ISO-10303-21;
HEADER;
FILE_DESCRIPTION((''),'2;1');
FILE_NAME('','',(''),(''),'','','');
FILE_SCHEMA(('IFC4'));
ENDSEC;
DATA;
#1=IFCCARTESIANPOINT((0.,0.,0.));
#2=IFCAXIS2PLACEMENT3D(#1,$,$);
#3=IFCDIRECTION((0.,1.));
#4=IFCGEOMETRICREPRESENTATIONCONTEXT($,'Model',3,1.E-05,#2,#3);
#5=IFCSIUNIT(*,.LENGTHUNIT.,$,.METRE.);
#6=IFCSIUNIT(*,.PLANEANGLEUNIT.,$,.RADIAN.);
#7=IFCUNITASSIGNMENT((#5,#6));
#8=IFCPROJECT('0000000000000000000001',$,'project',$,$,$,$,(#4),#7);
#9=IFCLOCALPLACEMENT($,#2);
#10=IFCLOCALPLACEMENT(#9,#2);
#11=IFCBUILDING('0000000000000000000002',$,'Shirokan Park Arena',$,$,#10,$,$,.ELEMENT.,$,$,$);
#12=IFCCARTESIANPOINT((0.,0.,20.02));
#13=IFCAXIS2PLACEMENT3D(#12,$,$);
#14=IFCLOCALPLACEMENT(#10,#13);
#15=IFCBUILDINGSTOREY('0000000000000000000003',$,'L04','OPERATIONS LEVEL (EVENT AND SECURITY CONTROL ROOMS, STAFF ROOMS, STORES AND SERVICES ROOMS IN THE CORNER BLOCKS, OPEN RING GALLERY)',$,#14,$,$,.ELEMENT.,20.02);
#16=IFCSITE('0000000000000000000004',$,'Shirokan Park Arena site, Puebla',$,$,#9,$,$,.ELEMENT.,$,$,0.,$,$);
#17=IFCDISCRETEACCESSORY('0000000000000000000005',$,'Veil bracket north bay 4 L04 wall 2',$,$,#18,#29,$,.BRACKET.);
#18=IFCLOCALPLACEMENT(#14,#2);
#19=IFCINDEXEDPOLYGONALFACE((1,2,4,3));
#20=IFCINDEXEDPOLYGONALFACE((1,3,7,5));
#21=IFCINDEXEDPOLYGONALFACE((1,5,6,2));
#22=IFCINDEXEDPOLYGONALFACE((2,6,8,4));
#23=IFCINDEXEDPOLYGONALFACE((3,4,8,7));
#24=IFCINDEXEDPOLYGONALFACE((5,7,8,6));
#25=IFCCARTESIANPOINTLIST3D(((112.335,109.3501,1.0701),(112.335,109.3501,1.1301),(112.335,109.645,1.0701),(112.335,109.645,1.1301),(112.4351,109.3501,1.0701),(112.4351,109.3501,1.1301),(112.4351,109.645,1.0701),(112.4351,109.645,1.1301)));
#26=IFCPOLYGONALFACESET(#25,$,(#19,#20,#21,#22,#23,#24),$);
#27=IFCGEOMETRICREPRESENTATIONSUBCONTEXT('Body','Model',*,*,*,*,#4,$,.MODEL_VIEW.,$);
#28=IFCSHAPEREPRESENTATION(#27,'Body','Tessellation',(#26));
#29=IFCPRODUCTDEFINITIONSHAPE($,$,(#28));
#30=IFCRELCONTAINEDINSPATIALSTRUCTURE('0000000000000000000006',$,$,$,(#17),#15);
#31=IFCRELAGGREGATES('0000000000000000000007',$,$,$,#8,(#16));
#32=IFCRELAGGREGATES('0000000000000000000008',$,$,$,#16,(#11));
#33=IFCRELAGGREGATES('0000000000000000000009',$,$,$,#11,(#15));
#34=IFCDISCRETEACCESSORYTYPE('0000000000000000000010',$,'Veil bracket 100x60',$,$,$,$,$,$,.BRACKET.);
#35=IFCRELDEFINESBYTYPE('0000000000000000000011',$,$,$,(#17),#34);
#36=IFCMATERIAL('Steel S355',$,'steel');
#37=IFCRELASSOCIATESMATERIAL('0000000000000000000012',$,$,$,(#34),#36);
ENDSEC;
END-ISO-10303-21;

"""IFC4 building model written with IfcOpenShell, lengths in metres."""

from ifc_helpers import new_model, si_unit, direction, frame, origin, origin_2d, place, context, subcontext, project, spatial, rectangle, extrude, material, type_object, element, save


model = new_model("IFC4")

# Units and contexts
model_context = context("Model", 3, precision=1e-05, world=origin(), true_north=direction((0.0, 1.0)))
body_context = subcontext(model_context, "Body", "Model", "MODEL_VIEW")
ifc_project = project(units=[si_unit("LENGTHUNIT", "METRE"), si_unit("PLANEANGLEUNIT", "RADIAN")], contexts=[model_context])

# Site, building, storey
site_placement = place(None, origin())
site = spatial("IfcSite", under=ifc_project, at=site_placement, Name="Shirokan Park Arena site, Puebla", CompositionType="ELEMENT", RefElevation=0.0)
building_placement = place(site_placement, origin())
building = spatial("IfcBuilding", under=site, at=building_placement, Name="Shirokan Park Arena", CompositionType="ELEMENT")
storey_placement = place(building_placement, frame((0.0, 0.0, 20.02)))
storey = spatial("IfcBuildingStorey", under=building, at=storey_placement, Name="L04", Description="OPERATIONS LEVEL (EVENT AND SECURITY CONTROL ROOMS, STAFF ROOMS, STORES AND SERVICES ROOMS IN THE CORNER BLOCKS, OPEN RING GALLERY)", CompositionType="ELEMENT", Elevation=20.02)

# Shared definitions
ifc_material_1 = material(Name="Steel S355", Category="steel")

# Discrete accessory
discrete_accessory_type = type_object("IfcDiscreteAccessoryType", Name="Veil bracket 100x60", PredefinedType="BRACKET", material=ifc_material_1)
for number, where, z_axis, x_axis, name in (
    (1, (112.385, 109.4976, 1.0701), (0.0, 0.0, 1.0), (-1.0, 0.0, 0.0), "Veil bracket north bay 4 L04 wall 2"),
):
    element("IfcDiscreteAccessory", number, at=place(storey_placement, frame(where, z_axis=z_axis, x_axis=x_axis)), inside=storey, type_object=discrete_accessory_type, Name=name, PredefinedType="BRACKET", context=body_context, shape_type="SweptSolid", body=[
        extrude(rectangle(XDim=0.1001, YDim=0.2949, at=origin_2d()), origin(), (0.0, 0.0, 1.0), 0.0601),
    ])

save(model, "model.ifc")
